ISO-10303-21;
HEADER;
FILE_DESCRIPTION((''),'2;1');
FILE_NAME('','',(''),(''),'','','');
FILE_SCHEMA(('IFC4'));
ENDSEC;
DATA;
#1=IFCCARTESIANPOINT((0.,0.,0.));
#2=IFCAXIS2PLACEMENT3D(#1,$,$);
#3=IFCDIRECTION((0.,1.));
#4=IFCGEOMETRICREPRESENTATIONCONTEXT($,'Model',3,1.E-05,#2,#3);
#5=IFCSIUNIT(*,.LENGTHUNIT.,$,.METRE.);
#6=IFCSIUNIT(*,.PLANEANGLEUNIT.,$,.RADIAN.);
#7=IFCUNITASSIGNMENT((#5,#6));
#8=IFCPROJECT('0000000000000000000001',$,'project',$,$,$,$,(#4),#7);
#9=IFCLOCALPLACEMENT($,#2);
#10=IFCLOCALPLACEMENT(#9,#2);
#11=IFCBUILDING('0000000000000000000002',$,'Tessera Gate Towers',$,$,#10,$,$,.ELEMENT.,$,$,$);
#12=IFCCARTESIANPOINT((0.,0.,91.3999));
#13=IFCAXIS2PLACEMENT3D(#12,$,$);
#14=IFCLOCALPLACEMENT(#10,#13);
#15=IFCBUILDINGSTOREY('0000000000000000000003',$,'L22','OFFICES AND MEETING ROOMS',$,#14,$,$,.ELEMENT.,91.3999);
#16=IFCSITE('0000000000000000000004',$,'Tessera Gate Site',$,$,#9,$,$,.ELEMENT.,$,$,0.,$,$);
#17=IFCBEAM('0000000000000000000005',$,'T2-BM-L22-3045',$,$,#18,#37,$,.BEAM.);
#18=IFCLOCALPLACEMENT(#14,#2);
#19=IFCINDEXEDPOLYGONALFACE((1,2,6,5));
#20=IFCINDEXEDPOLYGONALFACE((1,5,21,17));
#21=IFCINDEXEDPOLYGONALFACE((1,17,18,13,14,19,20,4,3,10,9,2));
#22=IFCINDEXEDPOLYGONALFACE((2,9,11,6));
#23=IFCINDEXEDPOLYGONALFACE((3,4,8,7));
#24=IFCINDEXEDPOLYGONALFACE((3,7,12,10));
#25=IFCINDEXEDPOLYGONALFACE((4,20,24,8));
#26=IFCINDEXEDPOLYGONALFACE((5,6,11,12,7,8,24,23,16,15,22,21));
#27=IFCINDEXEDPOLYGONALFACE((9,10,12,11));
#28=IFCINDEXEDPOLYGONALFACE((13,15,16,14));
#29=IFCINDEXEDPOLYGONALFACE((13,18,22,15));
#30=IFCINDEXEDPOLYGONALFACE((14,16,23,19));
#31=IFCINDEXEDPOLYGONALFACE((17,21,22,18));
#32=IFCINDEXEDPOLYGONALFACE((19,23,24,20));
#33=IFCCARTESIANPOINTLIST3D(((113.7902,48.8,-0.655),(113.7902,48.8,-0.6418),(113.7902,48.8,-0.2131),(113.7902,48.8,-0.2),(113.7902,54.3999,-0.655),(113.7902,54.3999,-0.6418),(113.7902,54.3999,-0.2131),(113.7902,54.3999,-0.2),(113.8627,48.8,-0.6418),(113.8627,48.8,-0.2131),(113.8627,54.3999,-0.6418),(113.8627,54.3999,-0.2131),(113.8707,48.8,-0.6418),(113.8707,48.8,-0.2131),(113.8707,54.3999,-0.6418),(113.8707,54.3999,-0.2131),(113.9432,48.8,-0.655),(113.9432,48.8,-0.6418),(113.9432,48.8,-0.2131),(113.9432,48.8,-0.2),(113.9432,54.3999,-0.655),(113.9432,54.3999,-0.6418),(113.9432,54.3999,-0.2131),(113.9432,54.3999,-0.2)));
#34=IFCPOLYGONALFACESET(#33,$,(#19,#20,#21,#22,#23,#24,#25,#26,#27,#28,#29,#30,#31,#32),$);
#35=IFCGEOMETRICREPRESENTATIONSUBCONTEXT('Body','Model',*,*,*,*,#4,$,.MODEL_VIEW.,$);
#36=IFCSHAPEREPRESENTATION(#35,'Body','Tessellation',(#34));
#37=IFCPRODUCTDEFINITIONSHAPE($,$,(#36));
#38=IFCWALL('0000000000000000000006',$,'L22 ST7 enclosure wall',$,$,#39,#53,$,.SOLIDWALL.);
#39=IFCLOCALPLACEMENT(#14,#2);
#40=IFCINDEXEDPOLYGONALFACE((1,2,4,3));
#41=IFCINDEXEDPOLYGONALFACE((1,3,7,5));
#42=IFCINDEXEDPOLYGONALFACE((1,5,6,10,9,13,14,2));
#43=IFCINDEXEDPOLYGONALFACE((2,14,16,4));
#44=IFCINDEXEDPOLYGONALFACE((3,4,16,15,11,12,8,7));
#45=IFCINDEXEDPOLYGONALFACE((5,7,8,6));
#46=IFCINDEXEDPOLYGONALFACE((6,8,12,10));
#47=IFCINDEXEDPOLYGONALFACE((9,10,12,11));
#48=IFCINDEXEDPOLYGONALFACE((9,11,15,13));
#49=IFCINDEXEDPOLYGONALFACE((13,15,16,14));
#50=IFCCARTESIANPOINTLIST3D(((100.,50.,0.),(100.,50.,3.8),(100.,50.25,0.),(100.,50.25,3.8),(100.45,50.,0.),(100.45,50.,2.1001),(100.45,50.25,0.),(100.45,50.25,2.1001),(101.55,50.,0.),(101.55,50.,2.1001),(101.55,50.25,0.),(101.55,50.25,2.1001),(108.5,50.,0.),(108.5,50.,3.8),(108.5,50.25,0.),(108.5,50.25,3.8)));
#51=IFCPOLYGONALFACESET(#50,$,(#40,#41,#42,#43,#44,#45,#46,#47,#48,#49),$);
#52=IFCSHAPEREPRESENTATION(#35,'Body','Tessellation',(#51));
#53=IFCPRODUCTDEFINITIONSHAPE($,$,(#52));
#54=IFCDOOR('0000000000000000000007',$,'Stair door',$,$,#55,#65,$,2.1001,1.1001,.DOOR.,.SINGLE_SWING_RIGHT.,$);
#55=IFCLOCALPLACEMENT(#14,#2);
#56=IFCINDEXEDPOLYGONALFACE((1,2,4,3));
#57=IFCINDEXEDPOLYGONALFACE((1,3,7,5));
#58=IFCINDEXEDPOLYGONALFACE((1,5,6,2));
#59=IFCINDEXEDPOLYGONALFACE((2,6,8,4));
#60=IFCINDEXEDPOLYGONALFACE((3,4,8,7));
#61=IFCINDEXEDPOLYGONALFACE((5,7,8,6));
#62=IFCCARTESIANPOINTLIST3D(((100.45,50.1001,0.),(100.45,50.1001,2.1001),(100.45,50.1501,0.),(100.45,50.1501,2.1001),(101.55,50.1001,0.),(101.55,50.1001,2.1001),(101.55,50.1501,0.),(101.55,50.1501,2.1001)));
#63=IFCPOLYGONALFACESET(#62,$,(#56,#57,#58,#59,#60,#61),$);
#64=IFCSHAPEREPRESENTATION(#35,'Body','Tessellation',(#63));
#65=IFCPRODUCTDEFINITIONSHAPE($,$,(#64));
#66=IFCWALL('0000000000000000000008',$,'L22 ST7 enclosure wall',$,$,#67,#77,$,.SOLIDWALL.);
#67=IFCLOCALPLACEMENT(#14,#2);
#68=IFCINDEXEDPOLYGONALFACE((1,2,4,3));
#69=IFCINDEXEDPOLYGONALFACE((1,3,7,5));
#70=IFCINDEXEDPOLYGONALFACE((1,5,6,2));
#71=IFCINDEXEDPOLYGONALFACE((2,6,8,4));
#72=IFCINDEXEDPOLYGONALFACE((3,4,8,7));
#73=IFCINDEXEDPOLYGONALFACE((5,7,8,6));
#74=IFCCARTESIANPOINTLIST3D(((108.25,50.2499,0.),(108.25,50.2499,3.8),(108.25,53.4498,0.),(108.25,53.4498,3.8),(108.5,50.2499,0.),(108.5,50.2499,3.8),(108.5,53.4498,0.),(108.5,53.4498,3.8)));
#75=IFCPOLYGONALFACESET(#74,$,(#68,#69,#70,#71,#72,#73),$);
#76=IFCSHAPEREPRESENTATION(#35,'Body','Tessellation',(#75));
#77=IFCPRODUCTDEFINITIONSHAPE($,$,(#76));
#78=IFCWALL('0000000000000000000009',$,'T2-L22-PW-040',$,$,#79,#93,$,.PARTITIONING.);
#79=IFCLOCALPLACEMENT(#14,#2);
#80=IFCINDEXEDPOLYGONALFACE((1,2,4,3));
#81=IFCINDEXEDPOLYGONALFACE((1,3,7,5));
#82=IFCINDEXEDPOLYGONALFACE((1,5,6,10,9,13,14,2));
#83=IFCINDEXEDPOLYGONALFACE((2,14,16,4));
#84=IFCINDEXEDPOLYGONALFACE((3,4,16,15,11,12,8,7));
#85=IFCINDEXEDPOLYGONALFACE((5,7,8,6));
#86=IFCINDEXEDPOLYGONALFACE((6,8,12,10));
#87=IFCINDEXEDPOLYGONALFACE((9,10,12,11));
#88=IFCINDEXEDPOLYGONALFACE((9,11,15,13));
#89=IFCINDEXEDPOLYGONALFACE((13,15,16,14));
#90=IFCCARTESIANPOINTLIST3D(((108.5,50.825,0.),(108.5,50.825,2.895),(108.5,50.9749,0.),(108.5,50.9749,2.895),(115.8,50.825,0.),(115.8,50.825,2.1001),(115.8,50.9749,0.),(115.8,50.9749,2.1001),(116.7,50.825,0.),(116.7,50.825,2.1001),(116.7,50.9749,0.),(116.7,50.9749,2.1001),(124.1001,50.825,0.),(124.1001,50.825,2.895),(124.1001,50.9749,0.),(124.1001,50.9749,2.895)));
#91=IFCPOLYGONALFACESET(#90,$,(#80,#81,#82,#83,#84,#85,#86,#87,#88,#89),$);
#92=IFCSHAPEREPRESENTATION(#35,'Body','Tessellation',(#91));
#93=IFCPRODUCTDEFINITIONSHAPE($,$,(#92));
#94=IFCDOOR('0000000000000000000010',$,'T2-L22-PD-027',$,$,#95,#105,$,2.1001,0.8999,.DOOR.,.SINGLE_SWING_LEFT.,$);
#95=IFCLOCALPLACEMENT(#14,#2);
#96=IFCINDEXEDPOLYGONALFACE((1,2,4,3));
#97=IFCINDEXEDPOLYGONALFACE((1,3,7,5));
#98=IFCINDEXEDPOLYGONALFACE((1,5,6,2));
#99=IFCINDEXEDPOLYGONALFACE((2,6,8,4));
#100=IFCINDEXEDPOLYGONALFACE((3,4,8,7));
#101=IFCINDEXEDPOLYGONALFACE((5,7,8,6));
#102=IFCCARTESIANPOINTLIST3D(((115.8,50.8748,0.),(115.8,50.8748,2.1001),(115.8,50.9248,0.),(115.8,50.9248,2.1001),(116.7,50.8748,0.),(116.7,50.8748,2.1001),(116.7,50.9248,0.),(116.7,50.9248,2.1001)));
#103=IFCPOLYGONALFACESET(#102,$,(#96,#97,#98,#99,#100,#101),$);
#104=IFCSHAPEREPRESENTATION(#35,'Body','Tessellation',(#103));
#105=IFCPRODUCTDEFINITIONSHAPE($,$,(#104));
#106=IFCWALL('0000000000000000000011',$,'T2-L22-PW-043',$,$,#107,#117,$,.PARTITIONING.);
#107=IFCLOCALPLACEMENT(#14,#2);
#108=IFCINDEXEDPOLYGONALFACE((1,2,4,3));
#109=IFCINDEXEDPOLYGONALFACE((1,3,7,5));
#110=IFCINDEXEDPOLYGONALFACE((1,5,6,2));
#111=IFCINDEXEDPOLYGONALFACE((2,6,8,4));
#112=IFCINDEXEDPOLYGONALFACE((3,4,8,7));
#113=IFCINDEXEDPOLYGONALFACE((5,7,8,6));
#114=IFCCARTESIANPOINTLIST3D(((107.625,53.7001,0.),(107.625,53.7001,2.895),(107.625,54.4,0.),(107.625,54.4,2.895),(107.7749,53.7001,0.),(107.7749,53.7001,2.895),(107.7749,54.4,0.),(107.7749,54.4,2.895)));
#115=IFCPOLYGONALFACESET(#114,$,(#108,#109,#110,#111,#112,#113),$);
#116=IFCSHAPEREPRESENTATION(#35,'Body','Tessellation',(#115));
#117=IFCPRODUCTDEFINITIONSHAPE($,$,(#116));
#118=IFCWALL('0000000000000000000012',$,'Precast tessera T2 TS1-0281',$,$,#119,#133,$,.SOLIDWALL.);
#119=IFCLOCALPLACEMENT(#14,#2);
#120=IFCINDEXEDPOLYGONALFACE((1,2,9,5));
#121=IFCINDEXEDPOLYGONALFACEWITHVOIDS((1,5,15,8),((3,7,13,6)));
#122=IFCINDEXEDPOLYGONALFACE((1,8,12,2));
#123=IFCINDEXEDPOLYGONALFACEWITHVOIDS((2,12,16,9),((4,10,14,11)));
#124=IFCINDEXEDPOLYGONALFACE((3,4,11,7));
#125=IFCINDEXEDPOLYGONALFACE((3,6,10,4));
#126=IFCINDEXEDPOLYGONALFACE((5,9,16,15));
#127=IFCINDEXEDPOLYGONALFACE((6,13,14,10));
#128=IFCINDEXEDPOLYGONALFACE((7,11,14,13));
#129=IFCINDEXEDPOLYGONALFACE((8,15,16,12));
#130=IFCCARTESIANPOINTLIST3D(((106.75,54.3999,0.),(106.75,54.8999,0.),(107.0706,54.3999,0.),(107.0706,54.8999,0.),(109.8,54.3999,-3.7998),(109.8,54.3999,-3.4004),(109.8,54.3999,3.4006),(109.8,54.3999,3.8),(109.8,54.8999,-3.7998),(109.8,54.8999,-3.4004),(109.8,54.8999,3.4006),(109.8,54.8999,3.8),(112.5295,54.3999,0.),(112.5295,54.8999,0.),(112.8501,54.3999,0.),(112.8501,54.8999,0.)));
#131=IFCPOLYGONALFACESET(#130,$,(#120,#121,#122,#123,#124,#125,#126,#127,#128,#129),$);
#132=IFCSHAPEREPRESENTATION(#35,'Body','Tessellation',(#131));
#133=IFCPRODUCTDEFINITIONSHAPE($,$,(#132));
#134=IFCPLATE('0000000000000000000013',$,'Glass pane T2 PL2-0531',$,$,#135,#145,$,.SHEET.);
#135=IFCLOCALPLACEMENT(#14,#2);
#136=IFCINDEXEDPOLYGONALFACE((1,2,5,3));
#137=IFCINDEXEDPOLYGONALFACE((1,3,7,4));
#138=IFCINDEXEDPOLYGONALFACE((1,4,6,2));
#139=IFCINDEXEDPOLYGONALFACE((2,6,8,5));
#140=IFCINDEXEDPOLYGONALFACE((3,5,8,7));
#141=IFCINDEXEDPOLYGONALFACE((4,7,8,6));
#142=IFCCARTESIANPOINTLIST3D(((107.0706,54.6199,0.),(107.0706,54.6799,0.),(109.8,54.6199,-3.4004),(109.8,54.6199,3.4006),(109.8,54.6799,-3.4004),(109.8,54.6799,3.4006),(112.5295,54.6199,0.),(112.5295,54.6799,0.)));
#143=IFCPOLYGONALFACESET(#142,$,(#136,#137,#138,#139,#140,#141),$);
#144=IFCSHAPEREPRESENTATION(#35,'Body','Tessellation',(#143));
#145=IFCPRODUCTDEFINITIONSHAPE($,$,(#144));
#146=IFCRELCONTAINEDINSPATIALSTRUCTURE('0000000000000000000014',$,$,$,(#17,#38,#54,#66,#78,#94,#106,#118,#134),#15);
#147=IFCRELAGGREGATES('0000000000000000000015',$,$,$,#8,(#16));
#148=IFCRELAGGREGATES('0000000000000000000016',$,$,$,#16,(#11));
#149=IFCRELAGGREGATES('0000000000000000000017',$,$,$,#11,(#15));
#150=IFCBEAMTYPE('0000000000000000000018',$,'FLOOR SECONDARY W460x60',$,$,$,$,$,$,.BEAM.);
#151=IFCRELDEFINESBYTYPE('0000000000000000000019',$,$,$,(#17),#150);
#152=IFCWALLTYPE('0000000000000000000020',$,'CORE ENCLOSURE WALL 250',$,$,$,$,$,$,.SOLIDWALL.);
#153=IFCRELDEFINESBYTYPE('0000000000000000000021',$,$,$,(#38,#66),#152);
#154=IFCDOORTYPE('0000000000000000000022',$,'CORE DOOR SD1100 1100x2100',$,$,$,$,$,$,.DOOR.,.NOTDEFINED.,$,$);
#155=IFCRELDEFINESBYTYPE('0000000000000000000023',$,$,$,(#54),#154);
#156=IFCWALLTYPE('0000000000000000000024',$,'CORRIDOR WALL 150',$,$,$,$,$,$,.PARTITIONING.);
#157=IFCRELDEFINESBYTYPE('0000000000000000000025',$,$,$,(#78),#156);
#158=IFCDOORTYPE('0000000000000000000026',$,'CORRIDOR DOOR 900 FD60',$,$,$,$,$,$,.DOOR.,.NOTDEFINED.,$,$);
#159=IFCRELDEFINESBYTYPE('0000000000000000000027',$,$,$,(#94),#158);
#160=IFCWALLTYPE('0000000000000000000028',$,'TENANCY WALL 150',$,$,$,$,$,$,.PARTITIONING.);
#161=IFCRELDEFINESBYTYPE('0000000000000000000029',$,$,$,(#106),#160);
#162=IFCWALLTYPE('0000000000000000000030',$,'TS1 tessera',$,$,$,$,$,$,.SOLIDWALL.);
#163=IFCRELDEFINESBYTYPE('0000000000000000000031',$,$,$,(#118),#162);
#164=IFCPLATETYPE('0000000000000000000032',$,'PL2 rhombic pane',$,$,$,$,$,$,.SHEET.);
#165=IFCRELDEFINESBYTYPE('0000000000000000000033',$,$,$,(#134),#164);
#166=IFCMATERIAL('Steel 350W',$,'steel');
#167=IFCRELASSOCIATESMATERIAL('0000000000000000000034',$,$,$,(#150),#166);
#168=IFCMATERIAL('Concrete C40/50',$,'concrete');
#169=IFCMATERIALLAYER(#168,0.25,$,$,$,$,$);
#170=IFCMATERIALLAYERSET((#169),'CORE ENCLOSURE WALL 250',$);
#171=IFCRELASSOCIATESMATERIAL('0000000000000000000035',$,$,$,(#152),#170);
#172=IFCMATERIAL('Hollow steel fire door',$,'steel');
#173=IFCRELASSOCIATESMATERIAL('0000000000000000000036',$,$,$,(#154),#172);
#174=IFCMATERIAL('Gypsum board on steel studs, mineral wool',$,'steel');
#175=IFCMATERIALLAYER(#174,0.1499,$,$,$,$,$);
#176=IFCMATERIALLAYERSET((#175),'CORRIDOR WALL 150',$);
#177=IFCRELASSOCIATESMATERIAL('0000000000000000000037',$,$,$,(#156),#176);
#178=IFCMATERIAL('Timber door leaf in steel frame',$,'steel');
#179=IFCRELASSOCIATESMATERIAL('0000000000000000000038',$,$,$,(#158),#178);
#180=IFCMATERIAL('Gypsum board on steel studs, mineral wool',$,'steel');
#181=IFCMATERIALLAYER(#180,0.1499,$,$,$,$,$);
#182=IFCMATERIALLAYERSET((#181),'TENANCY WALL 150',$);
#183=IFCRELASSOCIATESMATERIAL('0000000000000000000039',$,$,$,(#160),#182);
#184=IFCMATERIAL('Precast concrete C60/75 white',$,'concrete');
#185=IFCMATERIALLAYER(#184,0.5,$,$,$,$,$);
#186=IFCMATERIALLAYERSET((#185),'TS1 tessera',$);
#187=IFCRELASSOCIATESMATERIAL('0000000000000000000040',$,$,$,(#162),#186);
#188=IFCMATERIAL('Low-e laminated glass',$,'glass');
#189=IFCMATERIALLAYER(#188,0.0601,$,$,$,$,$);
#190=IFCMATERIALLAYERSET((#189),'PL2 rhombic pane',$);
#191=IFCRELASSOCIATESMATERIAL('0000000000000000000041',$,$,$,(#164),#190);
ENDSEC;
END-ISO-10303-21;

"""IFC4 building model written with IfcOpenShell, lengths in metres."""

from ifc_helpers import new_model, si_unit, direction, frame, frame_2d, origin, origin_2d, place, context, subcontext, project, spatial, polyline, rectangle, i_section, outline, extrude, source, transform, mapped, material, layer, layer_set, material_profile, profile_set, type_object, element, fill, save


model = new_model("IFC4")

# Units and contexts
model_context = context("Model", 3, precision=1e-05, world=origin(), true_north=direction((0.0, 1.0)))
body_context = subcontext(model_context, "Body", "Model", "MODEL_VIEW")
ifc_project = project(units=[si_unit("LENGTHUNIT", "METRE"), si_unit("PLANEANGLEUNIT", "RADIAN")], contexts=[model_context])

# Site, building, storey
site_placement = place(None, origin())
site = spatial("IfcSite", under=ifc_project, at=site_placement, Name="Tessera Gate Site", CompositionType="ELEMENT", RefElevation=0.0)
building_placement = place(site_placement, origin())
building = spatial("IfcBuilding", under=site, at=building_placement, Name="Tessera Gate Towers", CompositionType="ELEMENT")
storey_placement = place(building_placement, frame((0.0, 0.0, 91.3999)))
storey = spatial("IfcBuildingStorey", under=building, at=storey_placement, Name="L22", Description="OFFICES AND MEETING ROOMS", CompositionType="ELEMENT", Elevation=91.3999)

# Beam
ifc_material_1 = material(Name="Steel 350W", Category="steel")
ifc_material_profile = material_profile(ifc_material_1, i_section(OverallWidth=0.1531, OverallDepth=0.4551, WebThickness=0.0081, FlangeThickness=0.0132, at=origin_2d()), Name="W460x60")
ifc_profile_set = profile_set([ifc_material_profile], Name="Steel 350W")
beam_type = type_object("IfcBeamType", Name="FLOOR SECONDARY W460x60", PredefinedType="BEAM", material=ifc_profile_set)
beam_placement = place(storey_placement, frame((113.8667, 48.8, -0.4275), z_axis=(0.0, 1.0, 0.0), x_axis=(-1.0, 0.0, 0.0)))
element("IfcBeam", 1, at=beam_placement, inside=storey, type_object=beam_type, Name="T2-BM-L22-3045", PredefinedType="BEAM", context=body_context, shape_type="SweptSolid", body=[
    extrude(i_section(OverallWidth=0.1531, OverallDepth=0.4551, WebThickness=0.0081, FlangeThickness=0.0132, at=origin_2d()), origin(), (0.0, 0.0, 1.0), 5.5999),
])

# Wall, opening, door
ifc_material_2 = material(Name="Concrete C40/50", Category="concrete")
ifc_layer_1 = layer(ifc_material_2, 0.25)
ifc_layer_set_1 = layer_set([ifc_layer_1], Name="CORE ENCLOSURE WALL 250")
wall_type_1 = type_object("IfcWallType", Name="CORE ENCLOSURE WALL 250", PredefinedType="SOLIDWALL", material=ifc_layer_set_1)
wall_1_placement = place(storey_placement, frame((108.5, 50.125, 0.0), z_axis=(0.0, 0.0, 1.0), x_axis=(-1.0, 0.0, 0.0)))
wall_1 = element("IfcWall", 2, at=wall_1_placement, inside=storey, type_object=wall_type_1, Name="L22 ST7 enclosure wall", PredefinedType="SOLIDWALL", context=body_context, shape_type="SweptSolid", body=[
    extrude(rectangle(XDim=8.5, YDim=0.25, at=frame_2d((4.25, 0.0))), origin(), (0.0, 0.0, 1.0), 3.8),
])
shared_shape_1 = source(origin(), body_context, "Body", "SweptSolid", [
    extrude(rectangle(XDim=1.1001, YDim=2.1001, at=frame_2d((0.55, 1.05))), frame((0.0, 0.135, 0.0), z_axis=(0.0, -1.0, 0.0), x_axis=(1.0, 0.0, 0.0)), (0.0, 0.0, 1.0), 0.27),
])
opening_1_placement = place(wall_1_placement, frame((6.95, 0.0, 0.0)))
opening_1 = element("IfcOpeningElement", 3, at=opening_1_placement, cuts=wall_1, PredefinedType="OPENING", context=body_context, shape_type="MappedRepresentation", body=[
    mapped(shared_shape_1, transform((0.0, 0.0, 0.0), scale=1.0)),
])
ifc_material_3 = material(Name="Hollow steel fire door", Category="steel")
door_type_1 = type_object("IfcDoorType", Name="CORE DOOR SD1100 1100x2100", OperationType="NOTDEFINED", PredefinedType="DOOR", material=ifc_material_3)
shared_shape_2 = source(origin(), body_context, "Body", "SweptSolid", [
    extrude(rectangle(XDim=1.1001, YDim=2.1001, at=frame_2d((0.55, 1.05))), frame((0.0, 0.0249, 0.0), z_axis=(0.0, -1.0, 0.0), x_axis=(1.0, 0.0, 0.0)), (0.0, 0.0, 1.0), 0.05),
])
door_1_placement = place(opening_1_placement, origin())
door_1 = element("IfcDoor", 4, at=door_1_placement, inside=storey, type_object=door_type_1, Name="Stair door", OperationType="SINGLE_SWING_RIGHT", OverallHeight=2.1001, OverallWidth=1.1001, PredefinedType="DOOR", context=body_context, shape_type="MappedRepresentation", body=[
    mapped(shared_shape_2, transform((0.0, 0.0, 0.0), scale=1.0)),
])
fill(opening_1, door_1)

# Wall
wall_2_placement = place(storey_placement, frame((108.375, 53.45, 0.0), z_axis=(0.0, 0.0, 1.0), x_axis=(0.0, -1.0, 0.0)))
element("IfcWall", 5, at=wall_2_placement, inside=storey, type_object=wall_type_1, Name="L22 ST7 enclosure wall", PredefinedType="SOLIDWALL", context=body_context, shape_type="SweptSolid", body=[
    extrude(rectangle(XDim=3.2, YDim=0.25, at=frame_2d((1.6001, 0.0))), origin(), (0.0, 0.0, 1.0), 3.8),
])

# Wall, opening, door
ifc_material_4 = material(Name="Gypsum board on steel studs, mineral wool", Category="steel")
ifc_layer_2 = layer(ifc_material_4, 0.1499)
ifc_layer_set_2 = layer_set([ifc_layer_2], Name="CORRIDOR WALL 150")
wall_type_2 = type_object("IfcWallType", Name="CORRIDOR WALL 150", PredefinedType="PARTITIONING", material=ifc_layer_set_2)
wall_3_placement = place(storey_placement, frame((108.5, 50.8999, 0.0), z_axis=(0.0, 0.0, 1.0), x_axis=(1.0, 0.0, 0.0)))
wall_3 = element("IfcWall", 6, at=wall_3_placement, inside=storey, type_object=wall_type_2, Name="T2-L22-PW-040", PredefinedType="PARTITIONING", context=body_context, shape_type="SweptSolid", body=[
    extrude(rectangle(XDim=15.6001, YDim=0.1499, at=frame_2d((7.8, 0.0))), origin(), (0.0, 0.0, 1.0), 2.895),
])
shared_shape_3 = source(origin(), body_context, "Body", "SweptSolid", [
    extrude(rectangle(XDim=0.8999, YDim=2.1001, at=frame_2d((0.45, 1.05))), frame((0.0, 0.085, 0.0), z_axis=(0.0, -1.0, 0.0), x_axis=(1.0, 0.0, 0.0)), (0.0, 0.0, 1.0), 0.1699),
])
opening_2_placement = place(wall_3_placement, frame((7.3, 0.0, 0.0)))
opening_2 = element("IfcOpeningElement", 7, at=opening_2_placement, cuts=wall_3, PredefinedType="OPENING", context=body_context, shape_type="MappedRepresentation", body=[
    mapped(shared_shape_3, transform((0.0, 0.0, 0.0), scale=1.0)),
])
ifc_material_5 = material(Name="Timber door leaf in steel frame", Category="steel")
door_type_2 = type_object("IfcDoorType", Name="CORRIDOR DOOR 900 FD60", OperationType="NOTDEFINED", PredefinedType="DOOR", material=ifc_material_5)
shared_shape_4 = source(origin(), body_context, "Body", "SweptSolid", [
    extrude(rectangle(XDim=0.8999, YDim=2.1001, at=frame_2d((0.45, 1.05))), frame((0.0, 0.0249, 0.0), z_axis=(0.0, -1.0, 0.0), x_axis=(1.0, 0.0, 0.0)), (0.0, 0.0, 1.0), 0.05),
])
door_2_placement = place(opening_2_placement, origin())
door_2 = element("IfcDoor", 8, at=door_2_placement, inside=storey, type_object=door_type_2, Name="T2-L22-PD-027", OperationType="SINGLE_SWING_LEFT", OverallHeight=2.1001, OverallWidth=0.8999, PredefinedType="DOOR", context=body_context, shape_type="MappedRepresentation", body=[
    mapped(shared_shape_4, transform((0.0, 0.0, 0.0), scale=1.0)),
])
fill(opening_2, door_2)

# Wall
ifc_material_6 = material(Name="Gypsum board on steel studs, mineral wool", Category="steel")
ifc_layer_3 = layer(ifc_material_6, 0.1499)
ifc_layer_set_3 = layer_set([ifc_layer_3], Name="TENANCY WALL 150")
wall_type_3 = type_object("IfcWallType", Name="TENANCY WALL 150", PredefinedType="PARTITIONING", material=ifc_layer_set_3)
wall_4_placement = place(storey_placement, frame((107.7, 53.7, 0.0), z_axis=(0.0, 0.0, 1.0), x_axis=(0.0, 1.0, 0.0)))
element("IfcWall", 9, at=wall_4_placement, inside=storey, type_object=wall_type_3, Name="T2-L22-PW-043", PredefinedType="PARTITIONING", context=body_context, shape_type="SweptSolid", body=[
    extrude(rectangle(XDim=0.7, YDim=0.1499, at=frame_2d((0.3501, 0.0))), origin(), (0.0, 0.0, 1.0), 2.895),
])

# Wall, opening, plate
ifc_material_7 = material(Name="Precast concrete C60/75 white", Category="concrete")
ifc_layer_4 = layer(ifc_material_7, 0.5)
ifc_layer_set_4 = layer_set([ifc_layer_4], Name="TS1 tessera")
wall_type_4 = type_object("IfcWallType", Name="TS1 tessera", PredefinedType="SOLIDWALL", material=ifc_layer_set_4)
shared_shape_5 = source(origin(), body_context, "Body", "SweptSolid", [
    extrude(outline(polyline([(3.05, 0.0), (6.1001, 3.7998), (3.05, 7.5999), (0.0, 3.7998), (3.05, 0.0)])), frame((0.0, 0.25, 0.0), z_axis=(0.0, -1.0, 0.0), x_axis=(1.0, 0.0, 0.0)), (0.0, 0.0, 1.0), 0.5),
])
wall_5_placement = place(storey_placement, frame((112.8501, 54.6499, -3.7998), z_axis=(0.0, 0.0, 1.0), x_axis=(-1.0, 0.0, 0.0)))
wall_5 = element("IfcWall", 10, at=wall_5_placement, inside=storey, type_object=wall_type_4, Name="Precast tessera T2 TS1-0281", PredefinedType="SOLIDWALL", context=body_context, shape_type="MappedRepresentation", body=[
    mapped(shared_shape_5, transform((0.0, 0.0, 0.0), scale=1.0)),
])
shared_shape_6 = source(origin(), body_context, "Body", "SweptSolid", [
    extrude(outline(polyline([(3.05, 0.3994), (5.7795, 3.7998), (3.05, 7.2004), (0.3206, 3.7998), (3.05, 0.3994)])), frame((0.0, 0.26, 0.0), z_axis=(0.0, -1.0, 0.0), x_axis=(1.0, 0.0, 0.0)), (0.0, 0.0, 1.0), 0.52),
])
opening_3_placement = place(wall_5_placement, origin())
opening_3 = element("IfcOpeningElement", 11, at=opening_3_placement, cuts=wall_5, PredefinedType="OPENING", context=body_context, shape_type="MappedRepresentation", body=[
    mapped(shared_shape_6, transform((0.0, 0.0, 0.0), scale=1.0)),
])
ifc_material_8 = material(Name="Low-e laminated glass", Category="glass")
ifc_layer_5 = layer(ifc_material_8, 0.0601)
ifc_layer_set_5 = layer_set([ifc_layer_5], Name="PL2 rhombic pane")
plate_type_1 = type_object("IfcPlateType", Name="PL2 rhombic pane", PredefinedType="SHEET", material=ifc_layer_set_5)
shared_shape_7 = source(origin(), body_context, "Body", "SweptSolid", [
    extrude(outline(polyline([(3.05, 0.3994), (5.7795, 3.7998), (3.05, 7.2004), (0.3206, 3.7998), (3.05, 0.3994)])), frame((0.0, 0.03, 0.0), z_axis=(0.0, -1.0, 0.0), x_axis=(1.0, 0.0, 0.0)), (0.0, 0.0, 1.0), 0.0601),
])
plate_1_placement = place(opening_3_placement, origin())
plate_1 = element("IfcPlate", 12, at=plate_1_placement, inside=storey, type_object=plate_type_1, Name="Glass pane T2 PL2-0531", PredefinedType="SHEET", context=body_context, shape_type="MappedRepresentation", body=[
    mapped(shared_shape_7, transform((0.0, 0.0, 0.0), scale=1.0)),
])
fill(opening_3, plate_1)

save(model, "model.ifc")
